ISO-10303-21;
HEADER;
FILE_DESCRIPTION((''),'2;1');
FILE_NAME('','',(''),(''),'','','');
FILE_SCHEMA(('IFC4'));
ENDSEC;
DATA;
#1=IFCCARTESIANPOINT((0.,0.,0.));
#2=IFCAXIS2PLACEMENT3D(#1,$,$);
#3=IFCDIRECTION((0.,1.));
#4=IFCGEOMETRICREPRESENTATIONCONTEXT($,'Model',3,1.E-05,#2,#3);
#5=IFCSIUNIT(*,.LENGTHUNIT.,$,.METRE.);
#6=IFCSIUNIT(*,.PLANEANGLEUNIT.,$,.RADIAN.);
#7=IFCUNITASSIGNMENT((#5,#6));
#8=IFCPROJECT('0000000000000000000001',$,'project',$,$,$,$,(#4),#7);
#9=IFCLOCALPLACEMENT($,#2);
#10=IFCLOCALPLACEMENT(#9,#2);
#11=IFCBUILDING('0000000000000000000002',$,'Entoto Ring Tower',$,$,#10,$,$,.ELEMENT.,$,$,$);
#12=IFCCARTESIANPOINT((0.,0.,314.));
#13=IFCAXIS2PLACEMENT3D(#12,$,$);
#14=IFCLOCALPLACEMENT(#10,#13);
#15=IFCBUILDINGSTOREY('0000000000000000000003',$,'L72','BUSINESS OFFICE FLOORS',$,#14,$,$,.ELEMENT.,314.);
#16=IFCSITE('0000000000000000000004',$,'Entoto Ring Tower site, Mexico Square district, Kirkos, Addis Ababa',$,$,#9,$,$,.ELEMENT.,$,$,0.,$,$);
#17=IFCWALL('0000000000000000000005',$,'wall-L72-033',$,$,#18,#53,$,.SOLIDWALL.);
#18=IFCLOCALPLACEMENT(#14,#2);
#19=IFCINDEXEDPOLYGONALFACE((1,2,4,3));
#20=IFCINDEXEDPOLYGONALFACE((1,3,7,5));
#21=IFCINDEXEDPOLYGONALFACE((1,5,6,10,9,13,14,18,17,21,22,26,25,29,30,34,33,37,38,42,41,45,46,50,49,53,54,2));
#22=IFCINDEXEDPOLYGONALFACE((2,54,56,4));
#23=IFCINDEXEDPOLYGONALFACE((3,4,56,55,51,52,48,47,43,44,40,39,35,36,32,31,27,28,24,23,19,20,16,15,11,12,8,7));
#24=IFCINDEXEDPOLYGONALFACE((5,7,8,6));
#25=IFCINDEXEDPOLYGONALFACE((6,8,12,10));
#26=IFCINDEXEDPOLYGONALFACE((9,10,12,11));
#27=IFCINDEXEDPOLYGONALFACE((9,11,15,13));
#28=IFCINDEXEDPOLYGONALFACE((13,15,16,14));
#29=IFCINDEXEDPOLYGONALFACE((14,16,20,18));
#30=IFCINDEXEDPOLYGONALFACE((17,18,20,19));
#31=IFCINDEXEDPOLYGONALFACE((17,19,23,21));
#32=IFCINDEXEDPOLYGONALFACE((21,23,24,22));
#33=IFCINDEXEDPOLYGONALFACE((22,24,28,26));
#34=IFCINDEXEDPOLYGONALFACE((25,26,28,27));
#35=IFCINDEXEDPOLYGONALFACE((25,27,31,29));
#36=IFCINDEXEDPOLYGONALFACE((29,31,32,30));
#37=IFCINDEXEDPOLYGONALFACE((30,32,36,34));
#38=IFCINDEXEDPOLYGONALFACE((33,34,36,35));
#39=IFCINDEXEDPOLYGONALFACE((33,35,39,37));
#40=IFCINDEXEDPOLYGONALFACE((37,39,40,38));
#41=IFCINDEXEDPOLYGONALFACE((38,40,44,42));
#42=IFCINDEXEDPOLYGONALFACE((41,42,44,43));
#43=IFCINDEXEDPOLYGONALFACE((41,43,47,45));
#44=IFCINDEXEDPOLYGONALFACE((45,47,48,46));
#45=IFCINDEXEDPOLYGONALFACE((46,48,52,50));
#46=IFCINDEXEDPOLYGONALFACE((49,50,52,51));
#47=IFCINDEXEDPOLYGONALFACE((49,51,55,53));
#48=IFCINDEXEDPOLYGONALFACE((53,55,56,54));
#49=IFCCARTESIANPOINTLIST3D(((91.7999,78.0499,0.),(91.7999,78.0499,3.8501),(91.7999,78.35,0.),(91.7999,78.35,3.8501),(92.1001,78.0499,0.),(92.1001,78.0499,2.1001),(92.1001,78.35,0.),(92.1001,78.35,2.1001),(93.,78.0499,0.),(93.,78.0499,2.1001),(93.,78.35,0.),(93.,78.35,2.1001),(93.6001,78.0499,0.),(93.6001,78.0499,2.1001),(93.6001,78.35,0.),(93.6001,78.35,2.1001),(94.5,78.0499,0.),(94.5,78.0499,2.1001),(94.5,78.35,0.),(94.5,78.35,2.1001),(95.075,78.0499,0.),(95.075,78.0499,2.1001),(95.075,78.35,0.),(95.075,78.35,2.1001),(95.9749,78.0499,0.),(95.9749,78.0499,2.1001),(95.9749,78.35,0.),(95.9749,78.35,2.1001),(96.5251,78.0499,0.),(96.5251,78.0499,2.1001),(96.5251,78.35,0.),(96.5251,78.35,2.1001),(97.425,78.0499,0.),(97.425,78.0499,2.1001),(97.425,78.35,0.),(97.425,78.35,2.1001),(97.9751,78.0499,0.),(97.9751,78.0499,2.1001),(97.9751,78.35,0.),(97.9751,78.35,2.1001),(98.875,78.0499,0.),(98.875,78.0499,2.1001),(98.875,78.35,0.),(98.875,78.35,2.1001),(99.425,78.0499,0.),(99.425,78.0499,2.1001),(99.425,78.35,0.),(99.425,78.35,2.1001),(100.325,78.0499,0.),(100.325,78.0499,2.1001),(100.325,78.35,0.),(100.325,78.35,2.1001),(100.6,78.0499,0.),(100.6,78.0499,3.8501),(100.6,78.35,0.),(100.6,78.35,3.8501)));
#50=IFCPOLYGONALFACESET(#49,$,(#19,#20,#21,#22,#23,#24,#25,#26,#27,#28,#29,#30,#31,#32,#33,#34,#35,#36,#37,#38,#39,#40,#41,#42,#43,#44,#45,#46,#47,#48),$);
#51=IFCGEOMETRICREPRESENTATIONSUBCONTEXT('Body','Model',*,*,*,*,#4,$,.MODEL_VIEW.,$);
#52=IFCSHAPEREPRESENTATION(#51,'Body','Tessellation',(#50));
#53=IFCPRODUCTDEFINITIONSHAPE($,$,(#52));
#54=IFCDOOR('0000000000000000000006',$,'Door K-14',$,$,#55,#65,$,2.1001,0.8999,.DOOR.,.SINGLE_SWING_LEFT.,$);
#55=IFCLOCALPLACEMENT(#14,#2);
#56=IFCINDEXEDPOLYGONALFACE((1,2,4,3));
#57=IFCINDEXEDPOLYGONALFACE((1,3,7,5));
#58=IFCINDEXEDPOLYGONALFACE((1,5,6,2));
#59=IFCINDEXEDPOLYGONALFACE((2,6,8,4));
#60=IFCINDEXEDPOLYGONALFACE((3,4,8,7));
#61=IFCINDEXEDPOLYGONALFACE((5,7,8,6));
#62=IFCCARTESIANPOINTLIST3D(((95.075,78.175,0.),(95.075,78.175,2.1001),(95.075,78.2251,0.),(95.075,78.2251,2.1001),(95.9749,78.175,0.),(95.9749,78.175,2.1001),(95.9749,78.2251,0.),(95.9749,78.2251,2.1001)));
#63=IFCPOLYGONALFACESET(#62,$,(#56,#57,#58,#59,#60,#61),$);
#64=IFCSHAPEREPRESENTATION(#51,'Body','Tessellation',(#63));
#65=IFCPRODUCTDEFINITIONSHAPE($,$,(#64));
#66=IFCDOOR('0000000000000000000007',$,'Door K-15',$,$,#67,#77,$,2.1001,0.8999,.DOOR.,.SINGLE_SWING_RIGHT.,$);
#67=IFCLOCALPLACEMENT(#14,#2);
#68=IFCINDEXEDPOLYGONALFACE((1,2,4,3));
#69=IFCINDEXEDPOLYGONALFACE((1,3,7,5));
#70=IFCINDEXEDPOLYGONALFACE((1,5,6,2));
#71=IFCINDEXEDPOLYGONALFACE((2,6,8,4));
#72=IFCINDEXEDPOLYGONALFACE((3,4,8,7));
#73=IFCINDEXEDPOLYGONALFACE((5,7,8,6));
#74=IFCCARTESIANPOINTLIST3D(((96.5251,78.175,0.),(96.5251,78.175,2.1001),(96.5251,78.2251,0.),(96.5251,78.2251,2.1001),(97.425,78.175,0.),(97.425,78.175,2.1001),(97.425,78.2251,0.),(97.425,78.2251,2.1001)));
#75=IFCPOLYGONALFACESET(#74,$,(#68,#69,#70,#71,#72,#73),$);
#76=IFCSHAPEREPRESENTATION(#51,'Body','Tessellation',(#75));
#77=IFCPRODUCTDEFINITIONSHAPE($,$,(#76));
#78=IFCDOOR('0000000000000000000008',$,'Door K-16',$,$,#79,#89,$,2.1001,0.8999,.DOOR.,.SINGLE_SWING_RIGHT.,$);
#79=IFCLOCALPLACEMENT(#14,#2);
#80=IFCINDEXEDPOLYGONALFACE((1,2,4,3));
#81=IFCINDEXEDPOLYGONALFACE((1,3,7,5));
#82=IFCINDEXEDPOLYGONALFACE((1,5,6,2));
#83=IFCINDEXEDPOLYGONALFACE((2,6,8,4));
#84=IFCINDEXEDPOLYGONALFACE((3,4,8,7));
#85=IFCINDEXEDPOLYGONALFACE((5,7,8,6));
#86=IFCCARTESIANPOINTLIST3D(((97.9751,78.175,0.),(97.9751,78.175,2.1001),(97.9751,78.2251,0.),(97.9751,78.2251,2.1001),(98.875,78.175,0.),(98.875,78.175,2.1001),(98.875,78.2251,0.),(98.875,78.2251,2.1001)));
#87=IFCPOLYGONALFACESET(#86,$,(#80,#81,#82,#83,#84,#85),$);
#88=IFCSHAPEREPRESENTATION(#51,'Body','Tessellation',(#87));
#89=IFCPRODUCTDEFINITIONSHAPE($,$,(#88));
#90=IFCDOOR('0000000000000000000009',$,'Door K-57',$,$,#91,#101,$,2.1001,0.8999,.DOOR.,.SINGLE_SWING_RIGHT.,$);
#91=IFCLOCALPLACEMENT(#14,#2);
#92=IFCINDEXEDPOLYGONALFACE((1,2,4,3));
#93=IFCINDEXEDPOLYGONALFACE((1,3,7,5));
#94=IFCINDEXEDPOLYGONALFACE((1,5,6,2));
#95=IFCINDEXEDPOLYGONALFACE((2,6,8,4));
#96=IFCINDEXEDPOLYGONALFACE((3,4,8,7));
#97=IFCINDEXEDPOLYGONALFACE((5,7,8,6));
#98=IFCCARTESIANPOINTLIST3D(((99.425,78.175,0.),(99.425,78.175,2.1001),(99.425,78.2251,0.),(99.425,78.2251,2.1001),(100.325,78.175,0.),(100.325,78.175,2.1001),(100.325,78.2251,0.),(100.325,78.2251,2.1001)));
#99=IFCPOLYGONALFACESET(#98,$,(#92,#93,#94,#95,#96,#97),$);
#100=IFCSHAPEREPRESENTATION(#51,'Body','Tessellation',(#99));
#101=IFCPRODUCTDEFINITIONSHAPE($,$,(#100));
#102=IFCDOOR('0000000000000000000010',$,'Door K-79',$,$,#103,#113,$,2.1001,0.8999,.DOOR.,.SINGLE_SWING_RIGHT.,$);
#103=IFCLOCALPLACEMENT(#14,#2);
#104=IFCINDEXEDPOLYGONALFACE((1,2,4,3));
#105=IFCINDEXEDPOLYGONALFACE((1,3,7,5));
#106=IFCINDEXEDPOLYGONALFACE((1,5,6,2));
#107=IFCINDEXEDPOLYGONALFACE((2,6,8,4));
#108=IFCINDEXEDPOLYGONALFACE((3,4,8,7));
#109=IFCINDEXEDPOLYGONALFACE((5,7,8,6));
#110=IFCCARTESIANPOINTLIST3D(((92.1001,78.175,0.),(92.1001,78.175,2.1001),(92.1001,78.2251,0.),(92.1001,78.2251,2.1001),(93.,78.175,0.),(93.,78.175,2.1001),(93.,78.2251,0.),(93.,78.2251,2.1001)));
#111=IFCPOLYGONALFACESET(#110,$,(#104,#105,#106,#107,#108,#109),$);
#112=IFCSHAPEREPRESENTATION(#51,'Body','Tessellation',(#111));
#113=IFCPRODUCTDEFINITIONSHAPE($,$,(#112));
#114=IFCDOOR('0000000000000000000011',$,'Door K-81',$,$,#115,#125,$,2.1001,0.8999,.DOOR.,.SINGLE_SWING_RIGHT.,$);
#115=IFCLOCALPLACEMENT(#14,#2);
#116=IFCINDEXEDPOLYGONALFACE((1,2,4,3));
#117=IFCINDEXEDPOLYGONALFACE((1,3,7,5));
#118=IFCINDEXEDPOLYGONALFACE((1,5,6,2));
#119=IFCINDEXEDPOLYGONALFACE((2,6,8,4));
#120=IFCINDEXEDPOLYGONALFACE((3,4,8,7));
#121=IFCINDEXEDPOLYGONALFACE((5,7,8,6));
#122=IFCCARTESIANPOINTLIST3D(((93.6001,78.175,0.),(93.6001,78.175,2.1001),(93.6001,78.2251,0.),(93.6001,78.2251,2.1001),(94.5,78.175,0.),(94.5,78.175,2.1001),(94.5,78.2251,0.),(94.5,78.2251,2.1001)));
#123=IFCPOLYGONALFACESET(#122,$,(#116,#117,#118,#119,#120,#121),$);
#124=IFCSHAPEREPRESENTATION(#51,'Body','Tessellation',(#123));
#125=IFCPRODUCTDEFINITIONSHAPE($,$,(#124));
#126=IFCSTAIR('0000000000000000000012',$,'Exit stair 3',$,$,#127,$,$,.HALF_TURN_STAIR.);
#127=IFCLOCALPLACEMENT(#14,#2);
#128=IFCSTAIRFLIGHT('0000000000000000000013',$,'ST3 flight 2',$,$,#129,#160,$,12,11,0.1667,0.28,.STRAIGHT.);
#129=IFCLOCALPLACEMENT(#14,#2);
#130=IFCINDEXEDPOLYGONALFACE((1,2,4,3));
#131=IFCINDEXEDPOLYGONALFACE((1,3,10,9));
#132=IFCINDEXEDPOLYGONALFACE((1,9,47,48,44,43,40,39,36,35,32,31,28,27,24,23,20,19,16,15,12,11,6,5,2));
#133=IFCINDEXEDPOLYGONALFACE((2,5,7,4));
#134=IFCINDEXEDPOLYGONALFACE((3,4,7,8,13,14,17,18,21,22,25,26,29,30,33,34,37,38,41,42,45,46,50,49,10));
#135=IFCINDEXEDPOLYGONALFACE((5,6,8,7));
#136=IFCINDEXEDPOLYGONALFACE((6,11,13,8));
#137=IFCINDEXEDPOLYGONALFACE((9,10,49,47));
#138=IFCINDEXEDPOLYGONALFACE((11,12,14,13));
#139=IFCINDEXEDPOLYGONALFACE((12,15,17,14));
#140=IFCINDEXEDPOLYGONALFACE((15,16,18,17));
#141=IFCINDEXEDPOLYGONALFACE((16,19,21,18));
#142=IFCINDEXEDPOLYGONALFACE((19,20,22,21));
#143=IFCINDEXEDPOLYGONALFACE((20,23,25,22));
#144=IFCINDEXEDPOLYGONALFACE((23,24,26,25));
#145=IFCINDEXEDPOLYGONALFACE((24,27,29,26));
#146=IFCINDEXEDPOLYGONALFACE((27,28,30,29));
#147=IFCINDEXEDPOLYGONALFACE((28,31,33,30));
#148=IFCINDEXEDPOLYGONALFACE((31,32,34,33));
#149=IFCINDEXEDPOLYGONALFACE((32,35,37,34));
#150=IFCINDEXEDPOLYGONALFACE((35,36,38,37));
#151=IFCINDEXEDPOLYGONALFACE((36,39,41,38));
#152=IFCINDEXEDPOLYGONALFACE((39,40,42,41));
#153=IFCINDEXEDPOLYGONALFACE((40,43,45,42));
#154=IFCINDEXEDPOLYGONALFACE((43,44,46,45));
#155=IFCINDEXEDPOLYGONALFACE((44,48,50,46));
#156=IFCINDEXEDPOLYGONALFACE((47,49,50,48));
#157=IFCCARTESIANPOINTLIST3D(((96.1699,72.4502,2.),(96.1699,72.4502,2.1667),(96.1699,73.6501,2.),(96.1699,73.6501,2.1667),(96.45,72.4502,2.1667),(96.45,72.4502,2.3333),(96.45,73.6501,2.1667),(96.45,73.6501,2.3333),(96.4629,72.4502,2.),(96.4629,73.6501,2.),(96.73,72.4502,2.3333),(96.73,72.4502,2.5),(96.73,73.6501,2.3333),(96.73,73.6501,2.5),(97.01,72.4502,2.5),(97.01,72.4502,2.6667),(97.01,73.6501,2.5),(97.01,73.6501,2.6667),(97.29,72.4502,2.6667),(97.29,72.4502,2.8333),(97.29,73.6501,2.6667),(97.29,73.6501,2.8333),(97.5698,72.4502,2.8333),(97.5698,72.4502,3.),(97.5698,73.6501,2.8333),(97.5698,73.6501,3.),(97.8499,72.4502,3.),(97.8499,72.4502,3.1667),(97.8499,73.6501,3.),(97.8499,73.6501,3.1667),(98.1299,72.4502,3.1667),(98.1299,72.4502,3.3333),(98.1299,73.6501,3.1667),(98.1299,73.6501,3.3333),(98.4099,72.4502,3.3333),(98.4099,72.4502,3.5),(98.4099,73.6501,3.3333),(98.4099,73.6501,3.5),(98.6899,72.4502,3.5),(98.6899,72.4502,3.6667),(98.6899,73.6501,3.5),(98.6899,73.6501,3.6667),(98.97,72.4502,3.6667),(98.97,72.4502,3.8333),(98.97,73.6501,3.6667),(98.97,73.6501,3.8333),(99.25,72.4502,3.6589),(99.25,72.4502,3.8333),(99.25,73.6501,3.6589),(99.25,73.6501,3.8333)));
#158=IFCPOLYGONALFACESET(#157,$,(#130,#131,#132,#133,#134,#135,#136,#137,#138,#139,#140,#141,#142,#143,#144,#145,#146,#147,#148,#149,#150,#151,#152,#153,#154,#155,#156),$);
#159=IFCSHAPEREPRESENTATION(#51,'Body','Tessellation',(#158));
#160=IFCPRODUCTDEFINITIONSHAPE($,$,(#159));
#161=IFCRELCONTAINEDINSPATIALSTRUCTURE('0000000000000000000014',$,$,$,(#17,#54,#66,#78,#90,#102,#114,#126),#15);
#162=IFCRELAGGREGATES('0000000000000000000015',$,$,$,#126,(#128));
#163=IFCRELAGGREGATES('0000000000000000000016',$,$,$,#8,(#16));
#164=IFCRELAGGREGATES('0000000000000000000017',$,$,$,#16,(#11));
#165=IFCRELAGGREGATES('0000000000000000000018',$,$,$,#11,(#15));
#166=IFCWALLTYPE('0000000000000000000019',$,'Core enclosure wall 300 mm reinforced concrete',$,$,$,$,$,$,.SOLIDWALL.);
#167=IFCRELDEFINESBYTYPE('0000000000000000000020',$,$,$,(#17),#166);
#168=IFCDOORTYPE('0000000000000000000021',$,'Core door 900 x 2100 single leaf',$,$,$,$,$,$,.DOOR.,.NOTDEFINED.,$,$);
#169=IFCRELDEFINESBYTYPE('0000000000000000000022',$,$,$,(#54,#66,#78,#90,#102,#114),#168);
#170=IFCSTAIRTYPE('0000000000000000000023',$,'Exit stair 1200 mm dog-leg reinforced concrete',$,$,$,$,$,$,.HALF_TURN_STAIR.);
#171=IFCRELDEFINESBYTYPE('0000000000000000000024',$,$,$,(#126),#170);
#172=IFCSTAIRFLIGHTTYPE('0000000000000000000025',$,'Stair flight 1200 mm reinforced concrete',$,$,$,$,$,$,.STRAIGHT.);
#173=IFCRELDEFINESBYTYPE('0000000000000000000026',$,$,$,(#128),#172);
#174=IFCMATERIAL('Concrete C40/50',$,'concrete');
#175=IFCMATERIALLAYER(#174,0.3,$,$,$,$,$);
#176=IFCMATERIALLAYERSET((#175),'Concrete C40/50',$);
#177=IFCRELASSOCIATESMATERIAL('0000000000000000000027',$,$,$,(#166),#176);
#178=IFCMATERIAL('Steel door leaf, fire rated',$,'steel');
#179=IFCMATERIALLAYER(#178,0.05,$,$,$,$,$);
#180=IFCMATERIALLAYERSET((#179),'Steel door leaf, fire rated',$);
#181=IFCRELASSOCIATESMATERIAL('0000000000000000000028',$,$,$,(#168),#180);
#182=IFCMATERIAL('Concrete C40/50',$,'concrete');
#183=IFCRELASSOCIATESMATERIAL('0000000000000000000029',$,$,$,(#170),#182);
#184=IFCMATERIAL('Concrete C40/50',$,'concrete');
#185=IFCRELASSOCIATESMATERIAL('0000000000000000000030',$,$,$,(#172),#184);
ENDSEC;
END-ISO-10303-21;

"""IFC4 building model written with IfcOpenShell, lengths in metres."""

from ifc_helpers import new_model, si_unit, direction, frame, frame_2d, origin, place, context, subcontext, project, spatial, polyline, rectangle, outline, extrude, material, layer, layer_set, type_object, element, fill, aggregate, save


model = new_model("IFC4")

# Units and contexts
model_context = context("Model", 3, precision=1e-05, world=origin(), true_north=direction((0.0, 1.0)))
body_context = subcontext(model_context, "Body", "Model", "MODEL_VIEW")
ifc_project = project(units=[si_unit("LENGTHUNIT", "METRE"), si_unit("PLANEANGLEUNIT", "RADIAN")], contexts=[model_context])

# Site, building, storey
site_placement = place(None, origin())
site = spatial("IfcSite", under=ifc_project, at=site_placement, Name="Entoto Ring Tower site, Mexico Square district, Kirkos, Addis Ababa", CompositionType="ELEMENT", RefElevation=0.0)
building_placement = place(site_placement, origin())
building = spatial("IfcBuilding", under=site, at=building_placement, Name="Entoto Ring Tower", CompositionType="ELEMENT")
storey_placement = place(building_placement, frame((0.0, 0.0, 314.0)))
storey = spatial("IfcBuildingStorey", under=building, at=storey_placement, Name="L72", Description="BUSINESS OFFICE FLOORS", CompositionType="ELEMENT", Elevation=314.0)

# Shared definitions
ifc_material_1 = material(Name="Concrete C40/50", Category="concrete")
ifc_layer_1 = layer(ifc_material_1, 0.3)
ifc_layer_set_1 = layer_set([ifc_layer_1], Name="Concrete C40/50")
wall_type = type_object("IfcWallType", Name="Core enclosure wall 300 mm reinforced concrete", PredefinedType="SOLIDWALL", material=ifc_layer_set_1)

# Shared definitions
ifc_material_2 = material(Name="Steel door leaf, fire rated", Category="steel")
ifc_layer_2 = layer(ifc_material_2, 0.05)
ifc_layer_set_2 = layer_set([ifc_layer_2], Name="Steel door leaf, fire rated")
door_type_1 = type_object("IfcDoorType", Name="Core door 900 x 2100 single leaf", OperationType="NOTDEFINED", PredefinedType="DOOR", material=ifc_layer_set_2)

# Wall, openings, doors
wall_1_placement = place(storey_placement, frame((91.8, 78.2, 0.0), z_axis=(0.0, 0.0, 1.0), x_axis=(1.0, 0.0, 0.0)))
wall_1 = element("IfcWall", 1, at=wall_1_placement, inside=storey, type_object=wall_type, Name="wall-L72-033", PredefinedType="SOLIDWALL", context=body_context, shape_type="SweptSolid", body=[
    extrude(rectangle(XDim=8.8, YDim=0.3, at=frame_2d((4.3999, 0.0))), origin(), (0.0, 0.0, 1.0), 3.8501),
])
opening_1_placement = place(wall_1_placement, frame((3.2749, 0.0, 0.0)))
opening_1 = element("IfcOpeningElement", 2, at=opening_1_placement, cuts=wall_1, PredefinedType="OPENING", context=body_context, shape_type="SweptSolid", body=[
    extrude(rectangle(XDim=0.8999, YDim=2.1001, at=frame_2d((0.45, 1.05))), frame((0.0, 0.1602, 0.0), z_axis=(0.0, -1.0, 0.0), x_axis=(1.0, 0.0, 0.0)), (0.0, 0.0, 1.0), 0.3201),
])
opening_2_placement = place(wall_1_placement, frame((4.7251, 0.0, 0.0)))
opening_2 = element("IfcOpeningElement", 3, at=opening_2_placement, cuts=wall_1, PredefinedType="OPENING", context=body_context, shape_type="SweptSolid", body=[
    extrude(rectangle(XDim=0.8999, YDim=2.1001, at=frame_2d((0.45, 1.05))), frame((0.0, 0.1602, 0.0), z_axis=(0.0, -1.0, 0.0), x_axis=(1.0, 0.0, 0.0)), (0.0, 0.0, 1.0), 0.3201),
])
opening_3_placement = place(wall_1_placement, frame((6.175, 0.0, 0.0)))
opening_3 = element("IfcOpeningElement", 4, at=opening_3_placement, cuts=wall_1, PredefinedType="OPENING", context=body_context, shape_type="SweptSolid", body=[
    extrude(rectangle(XDim=0.8999, YDim=2.1001, at=frame_2d((0.45, 1.05))), frame((0.0, 0.1602, 0.0), z_axis=(0.0, -1.0, 0.0), x_axis=(1.0, 0.0, 0.0)), (0.0, 0.0, 1.0), 0.3201),
])
opening_4_placement = place(wall_1_placement, frame((7.625, 0.0, 0.0)))
opening_4 = element("IfcOpeningElement", 5, at=opening_4_placement, cuts=wall_1, PredefinedType="OPENING", context=body_context, shape_type="SweptSolid", body=[
    extrude(rectangle(XDim=0.8999, YDim=2.1001, at=frame_2d((0.45, 1.05))), frame((0.0, 0.1602, 0.0), z_axis=(0.0, -1.0, 0.0), x_axis=(1.0, 0.0, 0.0)), (0.0, 0.0, 1.0), 0.3201),
])
opening_5_placement = place(wall_1_placement, frame((0.3, 0.0, 0.0)))
opening_5 = element("IfcOpeningElement", 6, at=opening_5_placement, cuts=wall_1, PredefinedType="OPENING", context=body_context, shape_type="SweptSolid", body=[
    extrude(rectangle(XDim=0.8999, YDim=2.1001, at=frame_2d((0.45, 1.05))), frame((0.0, 0.1602, 0.0), z_axis=(0.0, -1.0, 0.0), x_axis=(1.0, 0.0, 0.0)), (0.0, 0.0, 1.0), 0.3201),
])
opening_6_placement = place(wall_1_placement, frame((1.8, 0.0, 0.0)))
opening_6 = element("IfcOpeningElement", 7, at=opening_6_placement, cuts=wall_1, PredefinedType="OPENING", context=body_context, shape_type="SweptSolid", body=[
    extrude(rectangle(XDim=0.8999, YDim=2.1001, at=frame_2d((0.45, 1.05))), frame((0.0, 0.1602, 0.0), z_axis=(0.0, -1.0, 0.0), x_axis=(1.0, 0.0, 0.0)), (0.0, 0.0, 1.0), 0.3201),
])
door_1_placement = place(opening_1_placement, frame((0.8999, 0.0, 0.0), z_axis=(0.0, 0.0, 1.0), x_axis=(-1.0, 0.0, 0.0)))
door_1 = element("IfcDoor", 8, at=door_1_placement, inside=storey, type_object=door_type_1, Name="Door K-14", OperationType="SINGLE_SWING_LEFT", OverallHeight=2.1001, OverallWidth=0.8999, PredefinedType="DOOR", context=body_context, shape_type="SweptSolid", body=[
    extrude(rectangle(XDim=0.8999, YDim=2.1001, at=frame_2d((0.45, 1.05))), frame((0.0, 0.0249, 0.0), z_axis=(0.0, -1.0, 0.0), x_axis=(1.0, 0.0, 0.0)), (0.0, 0.0, 1.0), 0.05),
])
fill(opening_1, door_1)
door_2_placement = place(opening_2_placement, frame((0.8999, 0.0, 0.0), z_axis=(0.0, 0.0, 1.0), x_axis=(-1.0, 0.0, 0.0)))
door_2 = element("IfcDoor", 9, at=door_2_placement, inside=storey, type_object=door_type_1, Name="Door K-15", OperationType="SINGLE_SWING_RIGHT", OverallHeight=2.1001, OverallWidth=0.8999, PredefinedType="DOOR", context=body_context, shape_type="SweptSolid", body=[
    extrude(rectangle(XDim=0.8999, YDim=2.1001, at=frame_2d((0.45, 1.05))), frame((0.0, 0.0249, 0.0), z_axis=(0.0, -1.0, 0.0), x_axis=(1.0, 0.0, 0.0)), (0.0, 0.0, 1.0), 0.05),
])
fill(opening_2, door_2)
door_3_placement = place(opening_3_placement, frame((0.8999, 0.0, 0.0), z_axis=(0.0, 0.0, 1.0), x_axis=(-1.0, 0.0, 0.0)))
door_3 = element("IfcDoor", 10, at=door_3_placement, inside=storey, type_object=door_type_1, Name="Door K-16", OperationType="SINGLE_SWING_RIGHT", OverallHeight=2.1001, OverallWidth=0.8999, PredefinedType="DOOR", context=body_context, shape_type="SweptSolid", body=[
    extrude(rectangle(XDim=0.8999, YDim=2.1001, at=frame_2d((0.45, 1.05))), frame((0.0, 0.0249, 0.0), z_axis=(0.0, -1.0, 0.0), x_axis=(1.0, 0.0, 0.0)), (0.0, 0.0, 1.0), 0.05),
])
fill(opening_3, door_3)
door_4_placement = place(opening_4_placement, frame((0.8999, 0.0, 0.0), z_axis=(0.0, 0.0, 1.0), x_axis=(-1.0, 0.0, 0.0)))
door_4 = element("IfcDoor", 11, at=door_4_placement, inside=storey, type_object=door_type_1, Name="Door K-57", OperationType="SINGLE_SWING_RIGHT", OverallHeight=2.1001, OverallWidth=0.8999, PredefinedType="DOOR", context=body_context, shape_type="SweptSolid", body=[
    extrude(rectangle(XDim=0.8999, YDim=2.1001, at=frame_2d((0.45, 1.05))), frame((0.0, 0.0249, 0.0), z_axis=(0.0, -1.0, 0.0), x_axis=(1.0, 0.0, 0.0)), (0.0, 0.0, 1.0), 0.05),
])
fill(opening_4, door_4)
door_5_placement = place(opening_5_placement, frame((0.8999, 0.0, 0.0), z_axis=(0.0, 0.0, 1.0), x_axis=(-1.0, 0.0, 0.0)))
door_5 = element("IfcDoor", 12, at=door_5_placement, inside=storey, type_object=door_type_1, Name="Door K-79", OperationType="SINGLE_SWING_RIGHT", OverallHeight=2.1001, OverallWidth=0.8999, PredefinedType="DOOR", context=body_context, shape_type="SweptSolid", body=[
    extrude(rectangle(XDim=0.8999, YDim=2.1001, at=frame_2d((0.45, 1.05))), frame((0.0, 0.0249, 0.0), z_axis=(0.0, -1.0, 0.0), x_axis=(1.0, 0.0, 0.0)), (0.0, 0.0, 1.0), 0.05),
])
fill(opening_5, door_5)
door_6_placement = place(opening_6_placement, frame((0.8999, 0.0, 0.0), z_axis=(0.0, 0.0, 1.0), x_axis=(-1.0, 0.0, 0.0)))
door_6 = element("IfcDoor", 13, at=door_6_placement, inside=storey, type_object=door_type_1, Name="Door K-81", OperationType="SINGLE_SWING_RIGHT", OverallHeight=2.1001, OverallWidth=0.8999, PredefinedType="DOOR", context=body_context, shape_type="SweptSolid", body=[
    extrude(rectangle(XDim=0.8999, YDim=2.1001, at=frame_2d((0.45, 1.05))), frame((0.0, 0.0249, 0.0), z_axis=(0.0, -1.0, 0.0), x_axis=(1.0, 0.0, 0.0)), (0.0, 0.0, 1.0), 0.05),
])
fill(opening_6, door_6)

# Stair, stair flight
ifc_material_3 = material(Name="Concrete C40/50", Category="concrete")
stair_type = type_object("IfcStairType", Name="Exit stair 1200 mm dog-leg reinforced concrete", PredefinedType="HALF_TURN_STAIR", material=ifc_material_3)
stair_placement = place(storey_placement, origin())
stair = element("IfcStair", 14, at=stair_placement, inside=storey, type_object=stair_type, Name="Exit stair 3", PredefinedType="HALF_TURN_STAIR")
ifc_material_4 = material(Name="Concrete C40/50", Category="concrete")
stair_flight_type = type_object("IfcStairFlightType", Name="Stair flight 1200 mm reinforced concrete", PredefinedType="STRAIGHT", material=ifc_material_4)
stair_flight_placement = place(storey_placement, frame((96.1699, 73.05, 2.0), z_axis=(0.0, 0.0, 1.0), x_axis=(1.0, 0.0, 0.0)))
stair_flight = element("IfcStairFlight", 15, at=stair_flight_placement, type_object=stair_flight_type, Name="ST3 flight 2", NumberOfRisers=12, NumberOfTreads=11, PredefinedType="STRAIGHT", RiserHeight=0.1667, TreadLength=0.28, context=body_context, shape_type="SweptSolid", body=[
    extrude(outline(polyline([(0.0, 0.0), (0.0, 0.1667), (0.28, 0.1667), (0.28, 0.3333), (0.5601, 0.3333), (0.5601, 0.5), (0.8401, 0.5), (0.8401, 0.6667), (1.1201, 0.6667), (1.1201, 0.8333), (1.3999, 0.8333), (1.3999, 1.0), (1.6799, 1.0), (1.6799, 1.1667), (1.96, 1.1667), (1.96, 1.3333), (2.24, 1.3333), (2.24, 1.5), (2.52, 1.5), (2.52, 1.6667), (2.8, 1.6667), (2.8, 1.8333), (3.0801, 1.8333), (3.0801, 2.0), (3.0801, 1.6589), (0.293, 0.0), (0.0, 0.0)])), frame((0.0, 0.6001, 0.0), z_axis=(0.0, -1.0, 0.0), x_axis=(1.0, 0.0, 0.0)), (0.0, 0.0, 1.0), 1.2),
])
aggregate(stair, [stair_flight])

save(model, "model.ifc")
